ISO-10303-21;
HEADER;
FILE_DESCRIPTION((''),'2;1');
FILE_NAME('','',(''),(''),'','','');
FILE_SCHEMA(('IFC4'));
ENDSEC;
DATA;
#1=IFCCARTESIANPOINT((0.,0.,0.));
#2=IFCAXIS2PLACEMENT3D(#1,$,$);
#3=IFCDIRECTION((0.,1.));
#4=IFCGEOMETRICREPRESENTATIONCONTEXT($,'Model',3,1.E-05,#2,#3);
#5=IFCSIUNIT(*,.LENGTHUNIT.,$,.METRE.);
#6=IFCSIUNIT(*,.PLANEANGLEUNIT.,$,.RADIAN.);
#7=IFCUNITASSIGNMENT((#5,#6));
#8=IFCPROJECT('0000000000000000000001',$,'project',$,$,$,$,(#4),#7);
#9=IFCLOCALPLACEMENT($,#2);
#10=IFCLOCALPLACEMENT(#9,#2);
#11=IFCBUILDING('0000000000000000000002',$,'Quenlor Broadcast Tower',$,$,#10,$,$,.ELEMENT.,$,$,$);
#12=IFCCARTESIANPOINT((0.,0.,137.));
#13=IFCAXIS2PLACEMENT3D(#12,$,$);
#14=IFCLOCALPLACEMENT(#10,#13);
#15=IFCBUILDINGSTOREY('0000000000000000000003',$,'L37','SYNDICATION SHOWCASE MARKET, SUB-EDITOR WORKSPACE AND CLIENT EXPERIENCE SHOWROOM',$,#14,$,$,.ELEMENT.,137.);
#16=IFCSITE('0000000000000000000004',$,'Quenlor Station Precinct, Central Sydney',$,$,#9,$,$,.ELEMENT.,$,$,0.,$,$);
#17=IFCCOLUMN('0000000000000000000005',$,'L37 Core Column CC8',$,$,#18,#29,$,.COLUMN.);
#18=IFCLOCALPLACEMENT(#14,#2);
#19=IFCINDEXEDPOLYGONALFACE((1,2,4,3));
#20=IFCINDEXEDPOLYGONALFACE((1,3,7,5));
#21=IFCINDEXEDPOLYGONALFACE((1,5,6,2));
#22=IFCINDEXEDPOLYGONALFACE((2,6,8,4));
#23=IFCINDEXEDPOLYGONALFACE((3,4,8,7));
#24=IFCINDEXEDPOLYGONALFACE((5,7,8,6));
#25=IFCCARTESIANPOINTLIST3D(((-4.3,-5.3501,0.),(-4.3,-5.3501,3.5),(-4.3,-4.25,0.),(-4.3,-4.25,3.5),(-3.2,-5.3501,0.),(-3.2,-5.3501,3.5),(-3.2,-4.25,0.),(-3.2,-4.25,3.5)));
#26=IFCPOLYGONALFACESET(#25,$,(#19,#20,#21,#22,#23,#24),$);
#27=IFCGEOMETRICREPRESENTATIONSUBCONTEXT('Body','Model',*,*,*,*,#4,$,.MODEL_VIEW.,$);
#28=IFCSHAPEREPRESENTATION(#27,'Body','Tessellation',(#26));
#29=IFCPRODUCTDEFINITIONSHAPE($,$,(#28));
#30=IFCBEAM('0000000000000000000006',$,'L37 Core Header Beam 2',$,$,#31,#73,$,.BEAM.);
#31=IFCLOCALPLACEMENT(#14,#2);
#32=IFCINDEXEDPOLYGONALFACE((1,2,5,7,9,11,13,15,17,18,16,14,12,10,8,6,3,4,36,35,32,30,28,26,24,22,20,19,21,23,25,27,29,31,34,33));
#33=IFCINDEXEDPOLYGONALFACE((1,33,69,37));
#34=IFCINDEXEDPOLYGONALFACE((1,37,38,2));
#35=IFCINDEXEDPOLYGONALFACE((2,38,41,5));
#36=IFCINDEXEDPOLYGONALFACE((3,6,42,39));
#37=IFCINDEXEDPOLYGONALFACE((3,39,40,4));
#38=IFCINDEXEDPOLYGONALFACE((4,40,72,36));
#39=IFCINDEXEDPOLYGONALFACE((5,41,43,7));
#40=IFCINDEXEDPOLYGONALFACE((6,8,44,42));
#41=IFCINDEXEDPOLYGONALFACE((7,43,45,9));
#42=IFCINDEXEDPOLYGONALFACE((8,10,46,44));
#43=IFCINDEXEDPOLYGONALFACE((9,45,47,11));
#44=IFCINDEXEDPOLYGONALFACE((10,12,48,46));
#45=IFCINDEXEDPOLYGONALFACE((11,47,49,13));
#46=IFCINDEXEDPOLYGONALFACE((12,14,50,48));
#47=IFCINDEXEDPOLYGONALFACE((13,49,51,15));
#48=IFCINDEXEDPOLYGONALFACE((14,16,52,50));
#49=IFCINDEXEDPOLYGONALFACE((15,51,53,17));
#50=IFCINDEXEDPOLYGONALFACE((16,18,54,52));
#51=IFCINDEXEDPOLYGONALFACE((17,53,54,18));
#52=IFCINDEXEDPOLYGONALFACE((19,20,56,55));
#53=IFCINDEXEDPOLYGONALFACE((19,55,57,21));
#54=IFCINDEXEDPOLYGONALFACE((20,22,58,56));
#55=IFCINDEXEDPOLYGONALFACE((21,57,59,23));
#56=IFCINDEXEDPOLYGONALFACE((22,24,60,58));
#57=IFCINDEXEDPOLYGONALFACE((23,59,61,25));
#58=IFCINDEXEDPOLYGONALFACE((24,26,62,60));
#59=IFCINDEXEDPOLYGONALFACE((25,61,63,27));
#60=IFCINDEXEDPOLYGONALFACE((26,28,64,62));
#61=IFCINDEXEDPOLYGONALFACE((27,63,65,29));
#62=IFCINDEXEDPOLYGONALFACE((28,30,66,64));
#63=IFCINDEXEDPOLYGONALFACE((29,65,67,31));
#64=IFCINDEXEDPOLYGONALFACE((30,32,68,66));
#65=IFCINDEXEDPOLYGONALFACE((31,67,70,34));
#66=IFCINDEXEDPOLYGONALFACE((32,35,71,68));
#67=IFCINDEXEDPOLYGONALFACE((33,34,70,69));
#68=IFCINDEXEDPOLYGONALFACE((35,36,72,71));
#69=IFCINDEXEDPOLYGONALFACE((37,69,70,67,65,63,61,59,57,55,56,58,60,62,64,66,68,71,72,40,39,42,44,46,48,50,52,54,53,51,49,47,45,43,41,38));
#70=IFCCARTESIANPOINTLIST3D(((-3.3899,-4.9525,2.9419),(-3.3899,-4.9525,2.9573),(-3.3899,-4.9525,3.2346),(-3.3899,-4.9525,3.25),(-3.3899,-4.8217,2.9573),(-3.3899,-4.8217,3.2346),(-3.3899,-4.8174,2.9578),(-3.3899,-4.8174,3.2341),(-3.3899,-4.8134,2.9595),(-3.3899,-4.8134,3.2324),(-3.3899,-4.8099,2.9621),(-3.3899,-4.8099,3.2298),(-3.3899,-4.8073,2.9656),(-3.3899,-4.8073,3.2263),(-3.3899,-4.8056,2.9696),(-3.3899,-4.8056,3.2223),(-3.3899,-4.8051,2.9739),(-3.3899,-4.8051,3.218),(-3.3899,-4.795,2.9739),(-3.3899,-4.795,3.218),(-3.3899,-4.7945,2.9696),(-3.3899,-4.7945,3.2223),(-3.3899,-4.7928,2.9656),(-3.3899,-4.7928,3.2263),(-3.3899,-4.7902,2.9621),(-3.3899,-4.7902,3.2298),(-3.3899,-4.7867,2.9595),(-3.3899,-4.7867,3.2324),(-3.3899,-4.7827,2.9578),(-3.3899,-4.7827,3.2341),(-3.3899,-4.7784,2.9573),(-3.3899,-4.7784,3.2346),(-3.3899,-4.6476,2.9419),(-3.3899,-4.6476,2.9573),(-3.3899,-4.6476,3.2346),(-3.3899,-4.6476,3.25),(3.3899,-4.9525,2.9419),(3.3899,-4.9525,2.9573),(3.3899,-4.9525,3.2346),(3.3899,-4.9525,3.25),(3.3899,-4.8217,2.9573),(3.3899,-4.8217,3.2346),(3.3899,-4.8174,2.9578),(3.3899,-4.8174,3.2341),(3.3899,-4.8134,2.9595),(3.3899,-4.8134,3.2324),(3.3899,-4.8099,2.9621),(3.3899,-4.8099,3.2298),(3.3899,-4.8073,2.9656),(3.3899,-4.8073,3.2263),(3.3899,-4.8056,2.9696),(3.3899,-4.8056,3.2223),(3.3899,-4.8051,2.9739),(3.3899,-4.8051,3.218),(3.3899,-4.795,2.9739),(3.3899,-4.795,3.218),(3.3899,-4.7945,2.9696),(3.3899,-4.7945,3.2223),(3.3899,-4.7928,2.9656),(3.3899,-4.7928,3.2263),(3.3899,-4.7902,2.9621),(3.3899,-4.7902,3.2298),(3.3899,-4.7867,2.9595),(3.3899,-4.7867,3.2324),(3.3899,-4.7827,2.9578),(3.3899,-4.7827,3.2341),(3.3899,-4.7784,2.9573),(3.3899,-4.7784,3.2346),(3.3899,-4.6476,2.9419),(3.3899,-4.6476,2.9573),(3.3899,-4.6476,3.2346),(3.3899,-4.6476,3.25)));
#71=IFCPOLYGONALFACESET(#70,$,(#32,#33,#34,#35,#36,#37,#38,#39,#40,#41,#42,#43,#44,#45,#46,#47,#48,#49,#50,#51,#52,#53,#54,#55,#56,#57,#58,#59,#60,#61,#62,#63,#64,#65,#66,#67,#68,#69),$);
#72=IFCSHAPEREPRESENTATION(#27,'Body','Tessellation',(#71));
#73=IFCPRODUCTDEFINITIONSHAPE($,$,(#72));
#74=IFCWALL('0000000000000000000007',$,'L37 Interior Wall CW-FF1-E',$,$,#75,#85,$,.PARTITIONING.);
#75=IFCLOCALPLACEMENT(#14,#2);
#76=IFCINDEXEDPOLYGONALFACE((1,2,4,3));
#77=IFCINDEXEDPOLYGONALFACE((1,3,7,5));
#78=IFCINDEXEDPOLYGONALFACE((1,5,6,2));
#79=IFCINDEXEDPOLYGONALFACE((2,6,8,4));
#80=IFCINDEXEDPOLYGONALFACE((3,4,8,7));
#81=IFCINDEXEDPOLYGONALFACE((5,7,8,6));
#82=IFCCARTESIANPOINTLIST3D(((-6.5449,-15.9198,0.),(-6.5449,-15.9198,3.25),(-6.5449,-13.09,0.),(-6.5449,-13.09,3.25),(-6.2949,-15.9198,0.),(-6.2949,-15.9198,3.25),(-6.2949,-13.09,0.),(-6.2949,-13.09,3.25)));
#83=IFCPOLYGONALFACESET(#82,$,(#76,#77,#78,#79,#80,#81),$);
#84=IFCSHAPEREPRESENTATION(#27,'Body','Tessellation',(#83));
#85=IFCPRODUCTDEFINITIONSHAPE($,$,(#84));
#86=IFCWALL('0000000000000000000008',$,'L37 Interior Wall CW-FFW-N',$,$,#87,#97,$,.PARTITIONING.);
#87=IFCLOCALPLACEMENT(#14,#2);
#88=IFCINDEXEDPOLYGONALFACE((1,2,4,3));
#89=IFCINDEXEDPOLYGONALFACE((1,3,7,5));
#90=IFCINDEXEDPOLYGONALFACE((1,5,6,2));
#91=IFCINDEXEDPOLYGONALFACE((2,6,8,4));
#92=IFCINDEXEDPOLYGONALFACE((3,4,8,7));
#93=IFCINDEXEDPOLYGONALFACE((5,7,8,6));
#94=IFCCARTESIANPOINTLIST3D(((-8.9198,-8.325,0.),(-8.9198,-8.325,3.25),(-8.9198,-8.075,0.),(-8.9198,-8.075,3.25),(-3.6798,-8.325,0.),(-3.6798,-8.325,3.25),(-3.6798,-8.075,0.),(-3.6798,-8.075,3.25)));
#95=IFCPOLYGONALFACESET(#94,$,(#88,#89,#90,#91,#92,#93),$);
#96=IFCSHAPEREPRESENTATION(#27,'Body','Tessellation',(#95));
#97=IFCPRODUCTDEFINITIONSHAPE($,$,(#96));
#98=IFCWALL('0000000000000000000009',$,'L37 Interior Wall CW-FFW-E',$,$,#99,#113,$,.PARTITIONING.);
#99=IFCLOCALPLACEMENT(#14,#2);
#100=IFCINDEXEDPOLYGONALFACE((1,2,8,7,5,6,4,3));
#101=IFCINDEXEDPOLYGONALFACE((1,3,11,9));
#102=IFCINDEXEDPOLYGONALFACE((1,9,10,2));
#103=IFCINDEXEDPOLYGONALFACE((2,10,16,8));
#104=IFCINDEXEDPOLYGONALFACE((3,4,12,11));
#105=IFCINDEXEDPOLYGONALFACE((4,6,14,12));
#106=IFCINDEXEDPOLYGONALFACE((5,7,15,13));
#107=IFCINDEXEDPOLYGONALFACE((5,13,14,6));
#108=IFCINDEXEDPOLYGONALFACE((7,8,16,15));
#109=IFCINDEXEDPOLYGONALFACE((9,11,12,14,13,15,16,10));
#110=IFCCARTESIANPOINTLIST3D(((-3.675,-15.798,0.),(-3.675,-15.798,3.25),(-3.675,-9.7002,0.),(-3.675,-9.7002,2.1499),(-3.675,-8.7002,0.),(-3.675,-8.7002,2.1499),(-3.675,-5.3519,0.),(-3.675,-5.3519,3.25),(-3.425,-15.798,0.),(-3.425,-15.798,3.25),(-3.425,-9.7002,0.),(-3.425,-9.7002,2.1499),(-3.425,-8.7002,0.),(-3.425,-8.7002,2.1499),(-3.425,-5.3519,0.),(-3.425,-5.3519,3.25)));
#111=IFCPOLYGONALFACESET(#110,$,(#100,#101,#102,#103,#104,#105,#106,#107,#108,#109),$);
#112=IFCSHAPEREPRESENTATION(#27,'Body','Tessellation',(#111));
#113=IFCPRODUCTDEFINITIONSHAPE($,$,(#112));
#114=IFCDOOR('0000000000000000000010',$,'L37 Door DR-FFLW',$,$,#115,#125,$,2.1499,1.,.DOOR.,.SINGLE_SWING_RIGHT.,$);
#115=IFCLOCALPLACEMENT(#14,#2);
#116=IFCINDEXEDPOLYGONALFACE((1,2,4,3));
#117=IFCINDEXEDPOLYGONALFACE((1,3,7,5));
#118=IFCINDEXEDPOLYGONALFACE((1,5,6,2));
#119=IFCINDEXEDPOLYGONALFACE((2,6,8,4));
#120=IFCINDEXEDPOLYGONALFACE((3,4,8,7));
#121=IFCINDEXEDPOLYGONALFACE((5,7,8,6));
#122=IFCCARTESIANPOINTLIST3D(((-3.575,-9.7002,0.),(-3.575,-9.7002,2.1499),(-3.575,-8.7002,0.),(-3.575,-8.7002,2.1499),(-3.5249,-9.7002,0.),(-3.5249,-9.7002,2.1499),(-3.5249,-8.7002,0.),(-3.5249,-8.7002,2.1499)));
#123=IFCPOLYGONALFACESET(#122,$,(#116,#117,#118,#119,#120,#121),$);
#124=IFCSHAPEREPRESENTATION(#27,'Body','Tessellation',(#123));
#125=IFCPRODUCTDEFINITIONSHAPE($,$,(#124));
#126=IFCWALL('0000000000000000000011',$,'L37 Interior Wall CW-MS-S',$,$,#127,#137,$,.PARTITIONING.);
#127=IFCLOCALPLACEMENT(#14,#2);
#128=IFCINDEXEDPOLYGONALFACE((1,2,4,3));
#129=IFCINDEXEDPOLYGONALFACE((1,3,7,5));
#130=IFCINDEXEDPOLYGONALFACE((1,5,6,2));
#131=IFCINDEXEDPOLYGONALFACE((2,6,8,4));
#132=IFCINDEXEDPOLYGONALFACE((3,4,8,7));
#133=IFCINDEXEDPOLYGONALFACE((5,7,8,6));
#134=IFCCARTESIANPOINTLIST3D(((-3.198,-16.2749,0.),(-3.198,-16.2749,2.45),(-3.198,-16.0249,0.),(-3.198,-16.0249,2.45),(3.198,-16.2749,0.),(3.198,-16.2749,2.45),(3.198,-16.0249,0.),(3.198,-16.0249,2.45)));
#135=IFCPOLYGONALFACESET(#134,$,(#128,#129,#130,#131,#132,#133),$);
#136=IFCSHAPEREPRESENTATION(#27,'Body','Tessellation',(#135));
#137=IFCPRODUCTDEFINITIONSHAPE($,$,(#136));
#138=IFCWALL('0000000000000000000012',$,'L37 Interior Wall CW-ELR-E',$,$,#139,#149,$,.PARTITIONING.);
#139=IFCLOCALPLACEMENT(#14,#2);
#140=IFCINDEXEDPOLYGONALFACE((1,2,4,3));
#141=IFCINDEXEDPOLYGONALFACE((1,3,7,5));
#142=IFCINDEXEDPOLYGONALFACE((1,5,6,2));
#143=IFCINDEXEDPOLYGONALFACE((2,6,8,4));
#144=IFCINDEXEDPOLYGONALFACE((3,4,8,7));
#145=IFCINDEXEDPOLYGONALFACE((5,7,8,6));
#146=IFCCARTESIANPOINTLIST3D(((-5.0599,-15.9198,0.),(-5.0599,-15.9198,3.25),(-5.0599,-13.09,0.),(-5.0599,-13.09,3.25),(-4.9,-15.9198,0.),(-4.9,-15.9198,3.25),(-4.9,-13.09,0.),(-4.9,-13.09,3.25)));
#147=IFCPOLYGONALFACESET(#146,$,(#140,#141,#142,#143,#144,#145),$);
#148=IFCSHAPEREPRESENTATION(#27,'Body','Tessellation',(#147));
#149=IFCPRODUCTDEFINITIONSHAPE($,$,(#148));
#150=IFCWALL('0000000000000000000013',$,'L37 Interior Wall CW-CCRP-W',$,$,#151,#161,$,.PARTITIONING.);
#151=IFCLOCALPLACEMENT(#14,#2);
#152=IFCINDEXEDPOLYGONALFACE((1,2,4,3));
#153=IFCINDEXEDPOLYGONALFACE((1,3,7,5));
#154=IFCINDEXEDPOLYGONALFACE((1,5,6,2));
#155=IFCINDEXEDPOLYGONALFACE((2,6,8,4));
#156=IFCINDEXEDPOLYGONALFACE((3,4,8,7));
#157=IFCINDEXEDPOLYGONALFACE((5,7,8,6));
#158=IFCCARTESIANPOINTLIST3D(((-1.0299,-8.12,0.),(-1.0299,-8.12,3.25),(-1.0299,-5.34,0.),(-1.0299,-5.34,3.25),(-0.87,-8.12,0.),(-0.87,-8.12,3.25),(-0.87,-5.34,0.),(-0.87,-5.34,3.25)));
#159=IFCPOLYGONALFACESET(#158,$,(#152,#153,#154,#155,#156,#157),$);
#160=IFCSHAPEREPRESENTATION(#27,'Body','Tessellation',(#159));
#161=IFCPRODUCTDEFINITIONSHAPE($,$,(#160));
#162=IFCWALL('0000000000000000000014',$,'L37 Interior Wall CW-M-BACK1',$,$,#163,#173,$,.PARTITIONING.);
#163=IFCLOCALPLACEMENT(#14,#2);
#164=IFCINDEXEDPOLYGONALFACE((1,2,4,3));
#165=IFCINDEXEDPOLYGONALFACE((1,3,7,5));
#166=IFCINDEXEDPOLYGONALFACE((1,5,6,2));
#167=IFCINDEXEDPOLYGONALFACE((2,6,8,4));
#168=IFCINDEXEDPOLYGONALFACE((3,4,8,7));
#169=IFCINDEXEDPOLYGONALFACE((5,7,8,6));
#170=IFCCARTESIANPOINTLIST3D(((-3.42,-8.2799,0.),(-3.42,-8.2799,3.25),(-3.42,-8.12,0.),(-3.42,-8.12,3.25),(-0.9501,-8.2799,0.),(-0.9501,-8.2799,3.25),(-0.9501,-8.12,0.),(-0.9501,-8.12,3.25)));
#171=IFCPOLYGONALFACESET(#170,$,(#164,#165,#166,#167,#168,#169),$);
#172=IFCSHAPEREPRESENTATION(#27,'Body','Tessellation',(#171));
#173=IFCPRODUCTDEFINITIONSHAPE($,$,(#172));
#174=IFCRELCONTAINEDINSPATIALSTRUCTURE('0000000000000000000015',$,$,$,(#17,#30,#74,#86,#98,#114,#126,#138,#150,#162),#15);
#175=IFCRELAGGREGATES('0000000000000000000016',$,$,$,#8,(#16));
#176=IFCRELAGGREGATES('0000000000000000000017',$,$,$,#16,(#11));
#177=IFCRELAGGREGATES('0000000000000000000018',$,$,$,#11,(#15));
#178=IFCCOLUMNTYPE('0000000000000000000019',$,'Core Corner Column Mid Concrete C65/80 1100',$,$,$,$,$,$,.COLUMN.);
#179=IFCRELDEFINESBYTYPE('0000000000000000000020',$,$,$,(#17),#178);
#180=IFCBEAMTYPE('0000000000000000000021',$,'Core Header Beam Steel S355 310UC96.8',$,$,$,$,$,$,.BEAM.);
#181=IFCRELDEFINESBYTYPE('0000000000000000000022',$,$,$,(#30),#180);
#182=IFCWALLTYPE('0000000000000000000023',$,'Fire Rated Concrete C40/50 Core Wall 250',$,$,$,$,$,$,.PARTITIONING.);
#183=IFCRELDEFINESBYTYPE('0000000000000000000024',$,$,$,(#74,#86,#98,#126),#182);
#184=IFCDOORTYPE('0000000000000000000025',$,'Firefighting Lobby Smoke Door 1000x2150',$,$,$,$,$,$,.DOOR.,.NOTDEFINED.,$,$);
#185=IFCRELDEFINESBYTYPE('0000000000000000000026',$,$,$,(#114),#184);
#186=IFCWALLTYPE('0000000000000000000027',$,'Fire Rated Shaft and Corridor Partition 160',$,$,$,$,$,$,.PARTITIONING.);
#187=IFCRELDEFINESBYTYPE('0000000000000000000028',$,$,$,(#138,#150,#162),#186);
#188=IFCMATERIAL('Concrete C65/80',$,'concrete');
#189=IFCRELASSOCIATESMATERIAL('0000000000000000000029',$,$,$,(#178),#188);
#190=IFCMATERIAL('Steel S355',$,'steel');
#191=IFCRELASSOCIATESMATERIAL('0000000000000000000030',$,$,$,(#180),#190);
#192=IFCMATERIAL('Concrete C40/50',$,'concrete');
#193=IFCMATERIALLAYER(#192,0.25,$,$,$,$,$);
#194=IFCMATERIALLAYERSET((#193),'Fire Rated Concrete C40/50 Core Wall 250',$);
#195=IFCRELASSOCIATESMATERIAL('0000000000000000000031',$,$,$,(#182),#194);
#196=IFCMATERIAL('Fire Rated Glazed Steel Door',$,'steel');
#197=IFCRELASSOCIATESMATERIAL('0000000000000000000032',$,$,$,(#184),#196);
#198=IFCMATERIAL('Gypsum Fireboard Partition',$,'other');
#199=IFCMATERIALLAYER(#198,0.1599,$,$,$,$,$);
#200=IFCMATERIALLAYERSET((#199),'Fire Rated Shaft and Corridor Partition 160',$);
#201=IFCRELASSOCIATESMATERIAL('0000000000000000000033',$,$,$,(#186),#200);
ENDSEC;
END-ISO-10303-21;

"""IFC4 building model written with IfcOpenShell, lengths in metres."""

from ifc_helpers import new_model, si_unit, direction, frame, frame_2d, origin, origin_2d, place, context, subcontext, project, spatial, rectangle, i_section, extrude, material, layer, layer_set, material_profile, profile_set, type_object, element, fill, save


model = new_model("IFC4")

# Units and contexts
model_context = context("Model", 3, precision=1e-05, world=origin(), true_north=direction((0.0, 1.0)))
body_context = subcontext(model_context, "Body", "Model", "MODEL_VIEW")
ifc_project = project(units=[si_unit("LENGTHUNIT", "METRE"), si_unit("PLANEANGLEUNIT", "RADIAN")], contexts=[model_context])

# Site, building, storey
site_placement = place(None, origin())
site = spatial("IfcSite", under=ifc_project, at=site_placement, Name="Quenlor Station Precinct, Central Sydney", CompositionType="ELEMENT", RefElevation=0.0)
building_placement = place(site_placement, origin())
building = spatial("IfcBuilding", under=site, at=building_placement, Name="Quenlor Broadcast Tower", CompositionType="ELEMENT")
storey_placement = place(building_placement, frame((0.0, 0.0, 137.0)))
storey = spatial("IfcBuildingStorey", under=building, at=storey_placement, Name="L37", Description="SYNDICATION SHOWCASE MARKET, SUB-EDITOR WORKSPACE AND CLIENT EXPERIENCE SHOWROOM", CompositionType="ELEMENT", Elevation=137.0)

# Column
ifc_material_1 = material(Name="Concrete C65/80", Category="concrete")
ifc_material_profile_1 = material_profile(ifc_material_1, rectangle(XDim=1.1001, YDim=1.1001, at=origin_2d()))
ifc_profile_set_1 = profile_set([ifc_material_profile_1], Name="Concrete C65/80 RC1100x1100")
column_type = type_object("IfcColumnType", Name="Core Corner Column Mid Concrete C65/80 1100", PredefinedType="COLUMN", material=ifc_profile_set_1)
column_placement = place(storey_placement, frame((-3.75, -4.8, 0.0), z_axis=(0.0, 0.0, 1.0), x_axis=(1.0, 0.0, 0.0)))
element("IfcColumn", 1, at=column_placement, inside=storey, type_object=column_type, Name="L37 Core Column CC8", PredefinedType="COLUMN", context=body_context, shape_type="SweptSolid", body=[
    extrude(rectangle(XDim=1.1001, YDim=1.1001, at=origin_2d()), origin(), (0.0, 0.0, 1.0), 3.5),
])

# Beam
ifc_material_2 = material(Name="Steel S355", Category="steel")
ifc_material_profile_2 = material_profile(ifc_material_2, i_section(OverallWidth=0.3049, OverallDepth=0.3081, WebThickness=0.01, FlangeThickness=0.0154, FilletRadius=0.0166, at=origin_2d()))
ifc_profile_set_2 = profile_set([ifc_material_profile_2], Name="Steel S355 310UC96.8")
beam_type = type_object("IfcBeamType", Name="Core Header Beam Steel S355 310UC96.8", PredefinedType="BEAM", material=ifc_profile_set_2)
beam_placement = place(storey_placement, frame((-3.3899, -4.8, 3.0959), z_axis=(1.0, 0.0, 0.0), x_axis=(0.0, 1.0, 0.0)))
element("IfcBeam", 2, at=beam_placement, inside=storey, type_object=beam_type, Name="L37 Core Header Beam 2", PredefinedType="BEAM", context=body_context, shape_type="SweptSolid", body=[
    extrude(i_section(OverallWidth=0.3049, OverallDepth=0.3081, WebThickness=0.01, FlangeThickness=0.0154, FilletRadius=0.0166, at=origin_2d()), origin(), (0.0, 0.0, 1.0), 6.7798),
])

# Shared definitions
ifc_material_3 = material(Name="Concrete C40/50", Category="concrete")
ifc_layer_1 = layer(ifc_material_3, 0.25)
ifc_layer_set_1 = layer_set([ifc_layer_1], Name="Fire Rated Concrete C40/50 Core Wall 250")
wall_type_1 = type_object("IfcWallType", Name="Fire Rated Concrete C40/50 Core Wall 250", PredefinedType="PARTITIONING", material=ifc_layer_set_1)

# Walls
wall_1_placement = place(storey_placement, frame((-6.4199, -15.9199, 0.0), z_axis=(0.0, 0.0, 1.0), x_axis=(0.0, 1.0, 0.0)))
element("IfcWall", 3, at=wall_1_placement, inside=storey, type_object=wall_type_1, Name="L37 Interior Wall CW-FF1-E", PredefinedType="PARTITIONING", context=body_context, shape_type="SweptSolid", body=[
    extrude(rectangle(XDim=2.8298, YDim=0.25, at=frame_2d((1.415, 0.0))), origin(), (0.0, 0.0, 1.0), 3.25),
])
wall_2_placement = place(storey_placement, frame((-8.9199, -8.2, 0.0), z_axis=(0.0, 0.0, 1.0), x_axis=(1.0, 0.0, 0.0)))
element("IfcWall", 4, at=wall_2_placement, inside=storey, type_object=wall_type_1, Name="L37 Interior Wall CW-FFW-N", PredefinedType="PARTITIONING", context=body_context, shape_type="SweptSolid", body=[
    extrude(rectangle(XDim=5.24, YDim=0.25, at=frame_2d((2.6201, 0.0))), origin(), (0.0, 0.0, 1.0), 3.25),
])

# Wall, opening, door
wall_3_placement = place(storey_placement, frame((-3.55, -15.7981, 0.0), z_axis=(0.0, 0.0, 1.0), x_axis=(0.0, 1.0, 0.0)))
wall_3 = element("IfcWall", 5, at=wall_3_placement, inside=storey, type_object=wall_type_1, Name="L37 Interior Wall CW-FFW-E", PredefinedType="PARTITIONING", context=body_context, shape_type="SweptSolid", body=[
    extrude(rectangle(XDim=10.446, YDim=0.25, at=frame_2d((5.2231, 0.0))), origin(), (0.0, 0.0, 1.0), 3.25),
])
opening_1_placement = place(wall_3_placement, frame((6.0979, 0.0, 0.0)))
opening_1 = element("IfcOpeningElement", 6, at=opening_1_placement, cuts=wall_3, PredefinedType="OPENING", context=body_context, shape_type="SweptSolid", body=[
    extrude(rectangle(XDim=1.0, YDim=2.1499, at=frame_2d((0.5, 1.075))), frame((0.0, 0.135, 0.0), z_axis=(0.0, -1.0, 0.0), x_axis=(1.0, 0.0, 0.0)), (0.0, 0.0, 1.0), 0.27),
])
ifc_material_4 = material(Name="Fire Rated Glazed Steel Door", Category="steel")
door_type_1 = type_object("IfcDoorType", Name="Firefighting Lobby Smoke Door 1000x2150", OperationType="NOTDEFINED", PredefinedType="DOOR", material=ifc_material_4)
door_1_placement = place(opening_1_placement, origin())
door_1 = element("IfcDoor", 7, at=door_1_placement, inside=storey, type_object=door_type_1, Name="L37 Door DR-FFLW", OperationType="SINGLE_SWING_RIGHT", OverallHeight=2.1499, OverallWidth=1.0, PredefinedType="DOOR", context=body_context, shape_type="SweptSolid", body=[
    extrude(rectangle(XDim=1.0, YDim=2.1499, at=frame_2d((0.5, 1.075))), frame((0.0, 0.0249, 0.0), z_axis=(0.0, -1.0, 0.0), x_axis=(1.0, 0.0, 0.0)), (0.0, 0.0, 1.0), 0.05),
])
fill(opening_1, door_1)

# Wall
wall_4_placement = place(storey_placement, frame((-3.198, -16.1499, 0.0), z_axis=(0.0, 0.0, 1.0), x_axis=(1.0, 0.0, 0.0)))
element("IfcWall", 8, at=wall_4_placement, inside=storey, type_object=wall_type_1, Name="L37 Interior Wall CW-MS-S", PredefinedType="PARTITIONING", context=body_context, shape_type="SweptSolid", body=[
    extrude(rectangle(XDim=6.396, YDim=0.25, at=frame_2d((3.198, 0.0))), origin(), (0.0, 0.0, 1.0), 2.45),
])

# Walls
ifc_material_5 = material(Name="Gypsum Fireboard Partition", Category="other")
ifc_layer_2 = layer(ifc_material_5, 0.1599)
ifc_layer_set_2 = layer_set([ifc_layer_2], Name="Fire Rated Shaft and Corridor Partition 160")
wall_type_2 = type_object("IfcWallType", Name="Fire Rated Shaft and Corridor Partition 160", PredefinedType="PARTITIONING", material=ifc_layer_set_2)
wall_5_placement = place(storey_placement, frame((-4.98, -15.9199, 0.0), z_axis=(0.0, 0.0, 1.0), x_axis=(0.0, 1.0, 0.0)))
element("IfcWall", 9, at=wall_5_placement, inside=storey, type_object=wall_type_2, Name="L37 Interior Wall CW-ELR-E", PredefinedType="PARTITIONING", context=body_context, shape_type="SweptSolid", body=[
    extrude(rectangle(XDim=2.8298, YDim=0.1599, at=frame_2d((1.415, 0.0))), origin(), (0.0, 0.0, 1.0), 3.25),
])
wall_6_placement = place(storey_placement, frame((-0.95, -8.1201, 0.0), z_axis=(0.0, 0.0, 1.0), x_axis=(0.0, 1.0, 0.0)))
element("IfcWall", 10, at=wall_6_placement, inside=storey, type_object=wall_type_2, Name="L37 Interior Wall CW-CCRP-W", PredefinedType="PARTITIONING", context=body_context, shape_type="SweptSolid", body=[
    extrude(rectangle(XDim=2.78, YDim=0.1599, at=frame_2d((1.3901, 0.0))), origin(), (0.0, 0.0, 1.0), 3.25),
])
wall_7_placement = place(storey_placement, frame((-3.4199, -8.2, 0.0), z_axis=(0.0, 0.0, 1.0), x_axis=(1.0, 0.0, 0.0)))
element("IfcWall", 11, at=wall_7_placement, inside=storey, type_object=wall_type_2, Name="L37 Interior Wall CW-M-BACK1", PredefinedType="PARTITIONING", context=body_context, shape_type="SweptSolid", body=[
    extrude(rectangle(XDim=2.47, YDim=0.1599, at=frame_2d((1.2349, 0.0))), origin(), (0.0, 0.0, 1.0), 3.25),
])

save(model, "model.ifc")
